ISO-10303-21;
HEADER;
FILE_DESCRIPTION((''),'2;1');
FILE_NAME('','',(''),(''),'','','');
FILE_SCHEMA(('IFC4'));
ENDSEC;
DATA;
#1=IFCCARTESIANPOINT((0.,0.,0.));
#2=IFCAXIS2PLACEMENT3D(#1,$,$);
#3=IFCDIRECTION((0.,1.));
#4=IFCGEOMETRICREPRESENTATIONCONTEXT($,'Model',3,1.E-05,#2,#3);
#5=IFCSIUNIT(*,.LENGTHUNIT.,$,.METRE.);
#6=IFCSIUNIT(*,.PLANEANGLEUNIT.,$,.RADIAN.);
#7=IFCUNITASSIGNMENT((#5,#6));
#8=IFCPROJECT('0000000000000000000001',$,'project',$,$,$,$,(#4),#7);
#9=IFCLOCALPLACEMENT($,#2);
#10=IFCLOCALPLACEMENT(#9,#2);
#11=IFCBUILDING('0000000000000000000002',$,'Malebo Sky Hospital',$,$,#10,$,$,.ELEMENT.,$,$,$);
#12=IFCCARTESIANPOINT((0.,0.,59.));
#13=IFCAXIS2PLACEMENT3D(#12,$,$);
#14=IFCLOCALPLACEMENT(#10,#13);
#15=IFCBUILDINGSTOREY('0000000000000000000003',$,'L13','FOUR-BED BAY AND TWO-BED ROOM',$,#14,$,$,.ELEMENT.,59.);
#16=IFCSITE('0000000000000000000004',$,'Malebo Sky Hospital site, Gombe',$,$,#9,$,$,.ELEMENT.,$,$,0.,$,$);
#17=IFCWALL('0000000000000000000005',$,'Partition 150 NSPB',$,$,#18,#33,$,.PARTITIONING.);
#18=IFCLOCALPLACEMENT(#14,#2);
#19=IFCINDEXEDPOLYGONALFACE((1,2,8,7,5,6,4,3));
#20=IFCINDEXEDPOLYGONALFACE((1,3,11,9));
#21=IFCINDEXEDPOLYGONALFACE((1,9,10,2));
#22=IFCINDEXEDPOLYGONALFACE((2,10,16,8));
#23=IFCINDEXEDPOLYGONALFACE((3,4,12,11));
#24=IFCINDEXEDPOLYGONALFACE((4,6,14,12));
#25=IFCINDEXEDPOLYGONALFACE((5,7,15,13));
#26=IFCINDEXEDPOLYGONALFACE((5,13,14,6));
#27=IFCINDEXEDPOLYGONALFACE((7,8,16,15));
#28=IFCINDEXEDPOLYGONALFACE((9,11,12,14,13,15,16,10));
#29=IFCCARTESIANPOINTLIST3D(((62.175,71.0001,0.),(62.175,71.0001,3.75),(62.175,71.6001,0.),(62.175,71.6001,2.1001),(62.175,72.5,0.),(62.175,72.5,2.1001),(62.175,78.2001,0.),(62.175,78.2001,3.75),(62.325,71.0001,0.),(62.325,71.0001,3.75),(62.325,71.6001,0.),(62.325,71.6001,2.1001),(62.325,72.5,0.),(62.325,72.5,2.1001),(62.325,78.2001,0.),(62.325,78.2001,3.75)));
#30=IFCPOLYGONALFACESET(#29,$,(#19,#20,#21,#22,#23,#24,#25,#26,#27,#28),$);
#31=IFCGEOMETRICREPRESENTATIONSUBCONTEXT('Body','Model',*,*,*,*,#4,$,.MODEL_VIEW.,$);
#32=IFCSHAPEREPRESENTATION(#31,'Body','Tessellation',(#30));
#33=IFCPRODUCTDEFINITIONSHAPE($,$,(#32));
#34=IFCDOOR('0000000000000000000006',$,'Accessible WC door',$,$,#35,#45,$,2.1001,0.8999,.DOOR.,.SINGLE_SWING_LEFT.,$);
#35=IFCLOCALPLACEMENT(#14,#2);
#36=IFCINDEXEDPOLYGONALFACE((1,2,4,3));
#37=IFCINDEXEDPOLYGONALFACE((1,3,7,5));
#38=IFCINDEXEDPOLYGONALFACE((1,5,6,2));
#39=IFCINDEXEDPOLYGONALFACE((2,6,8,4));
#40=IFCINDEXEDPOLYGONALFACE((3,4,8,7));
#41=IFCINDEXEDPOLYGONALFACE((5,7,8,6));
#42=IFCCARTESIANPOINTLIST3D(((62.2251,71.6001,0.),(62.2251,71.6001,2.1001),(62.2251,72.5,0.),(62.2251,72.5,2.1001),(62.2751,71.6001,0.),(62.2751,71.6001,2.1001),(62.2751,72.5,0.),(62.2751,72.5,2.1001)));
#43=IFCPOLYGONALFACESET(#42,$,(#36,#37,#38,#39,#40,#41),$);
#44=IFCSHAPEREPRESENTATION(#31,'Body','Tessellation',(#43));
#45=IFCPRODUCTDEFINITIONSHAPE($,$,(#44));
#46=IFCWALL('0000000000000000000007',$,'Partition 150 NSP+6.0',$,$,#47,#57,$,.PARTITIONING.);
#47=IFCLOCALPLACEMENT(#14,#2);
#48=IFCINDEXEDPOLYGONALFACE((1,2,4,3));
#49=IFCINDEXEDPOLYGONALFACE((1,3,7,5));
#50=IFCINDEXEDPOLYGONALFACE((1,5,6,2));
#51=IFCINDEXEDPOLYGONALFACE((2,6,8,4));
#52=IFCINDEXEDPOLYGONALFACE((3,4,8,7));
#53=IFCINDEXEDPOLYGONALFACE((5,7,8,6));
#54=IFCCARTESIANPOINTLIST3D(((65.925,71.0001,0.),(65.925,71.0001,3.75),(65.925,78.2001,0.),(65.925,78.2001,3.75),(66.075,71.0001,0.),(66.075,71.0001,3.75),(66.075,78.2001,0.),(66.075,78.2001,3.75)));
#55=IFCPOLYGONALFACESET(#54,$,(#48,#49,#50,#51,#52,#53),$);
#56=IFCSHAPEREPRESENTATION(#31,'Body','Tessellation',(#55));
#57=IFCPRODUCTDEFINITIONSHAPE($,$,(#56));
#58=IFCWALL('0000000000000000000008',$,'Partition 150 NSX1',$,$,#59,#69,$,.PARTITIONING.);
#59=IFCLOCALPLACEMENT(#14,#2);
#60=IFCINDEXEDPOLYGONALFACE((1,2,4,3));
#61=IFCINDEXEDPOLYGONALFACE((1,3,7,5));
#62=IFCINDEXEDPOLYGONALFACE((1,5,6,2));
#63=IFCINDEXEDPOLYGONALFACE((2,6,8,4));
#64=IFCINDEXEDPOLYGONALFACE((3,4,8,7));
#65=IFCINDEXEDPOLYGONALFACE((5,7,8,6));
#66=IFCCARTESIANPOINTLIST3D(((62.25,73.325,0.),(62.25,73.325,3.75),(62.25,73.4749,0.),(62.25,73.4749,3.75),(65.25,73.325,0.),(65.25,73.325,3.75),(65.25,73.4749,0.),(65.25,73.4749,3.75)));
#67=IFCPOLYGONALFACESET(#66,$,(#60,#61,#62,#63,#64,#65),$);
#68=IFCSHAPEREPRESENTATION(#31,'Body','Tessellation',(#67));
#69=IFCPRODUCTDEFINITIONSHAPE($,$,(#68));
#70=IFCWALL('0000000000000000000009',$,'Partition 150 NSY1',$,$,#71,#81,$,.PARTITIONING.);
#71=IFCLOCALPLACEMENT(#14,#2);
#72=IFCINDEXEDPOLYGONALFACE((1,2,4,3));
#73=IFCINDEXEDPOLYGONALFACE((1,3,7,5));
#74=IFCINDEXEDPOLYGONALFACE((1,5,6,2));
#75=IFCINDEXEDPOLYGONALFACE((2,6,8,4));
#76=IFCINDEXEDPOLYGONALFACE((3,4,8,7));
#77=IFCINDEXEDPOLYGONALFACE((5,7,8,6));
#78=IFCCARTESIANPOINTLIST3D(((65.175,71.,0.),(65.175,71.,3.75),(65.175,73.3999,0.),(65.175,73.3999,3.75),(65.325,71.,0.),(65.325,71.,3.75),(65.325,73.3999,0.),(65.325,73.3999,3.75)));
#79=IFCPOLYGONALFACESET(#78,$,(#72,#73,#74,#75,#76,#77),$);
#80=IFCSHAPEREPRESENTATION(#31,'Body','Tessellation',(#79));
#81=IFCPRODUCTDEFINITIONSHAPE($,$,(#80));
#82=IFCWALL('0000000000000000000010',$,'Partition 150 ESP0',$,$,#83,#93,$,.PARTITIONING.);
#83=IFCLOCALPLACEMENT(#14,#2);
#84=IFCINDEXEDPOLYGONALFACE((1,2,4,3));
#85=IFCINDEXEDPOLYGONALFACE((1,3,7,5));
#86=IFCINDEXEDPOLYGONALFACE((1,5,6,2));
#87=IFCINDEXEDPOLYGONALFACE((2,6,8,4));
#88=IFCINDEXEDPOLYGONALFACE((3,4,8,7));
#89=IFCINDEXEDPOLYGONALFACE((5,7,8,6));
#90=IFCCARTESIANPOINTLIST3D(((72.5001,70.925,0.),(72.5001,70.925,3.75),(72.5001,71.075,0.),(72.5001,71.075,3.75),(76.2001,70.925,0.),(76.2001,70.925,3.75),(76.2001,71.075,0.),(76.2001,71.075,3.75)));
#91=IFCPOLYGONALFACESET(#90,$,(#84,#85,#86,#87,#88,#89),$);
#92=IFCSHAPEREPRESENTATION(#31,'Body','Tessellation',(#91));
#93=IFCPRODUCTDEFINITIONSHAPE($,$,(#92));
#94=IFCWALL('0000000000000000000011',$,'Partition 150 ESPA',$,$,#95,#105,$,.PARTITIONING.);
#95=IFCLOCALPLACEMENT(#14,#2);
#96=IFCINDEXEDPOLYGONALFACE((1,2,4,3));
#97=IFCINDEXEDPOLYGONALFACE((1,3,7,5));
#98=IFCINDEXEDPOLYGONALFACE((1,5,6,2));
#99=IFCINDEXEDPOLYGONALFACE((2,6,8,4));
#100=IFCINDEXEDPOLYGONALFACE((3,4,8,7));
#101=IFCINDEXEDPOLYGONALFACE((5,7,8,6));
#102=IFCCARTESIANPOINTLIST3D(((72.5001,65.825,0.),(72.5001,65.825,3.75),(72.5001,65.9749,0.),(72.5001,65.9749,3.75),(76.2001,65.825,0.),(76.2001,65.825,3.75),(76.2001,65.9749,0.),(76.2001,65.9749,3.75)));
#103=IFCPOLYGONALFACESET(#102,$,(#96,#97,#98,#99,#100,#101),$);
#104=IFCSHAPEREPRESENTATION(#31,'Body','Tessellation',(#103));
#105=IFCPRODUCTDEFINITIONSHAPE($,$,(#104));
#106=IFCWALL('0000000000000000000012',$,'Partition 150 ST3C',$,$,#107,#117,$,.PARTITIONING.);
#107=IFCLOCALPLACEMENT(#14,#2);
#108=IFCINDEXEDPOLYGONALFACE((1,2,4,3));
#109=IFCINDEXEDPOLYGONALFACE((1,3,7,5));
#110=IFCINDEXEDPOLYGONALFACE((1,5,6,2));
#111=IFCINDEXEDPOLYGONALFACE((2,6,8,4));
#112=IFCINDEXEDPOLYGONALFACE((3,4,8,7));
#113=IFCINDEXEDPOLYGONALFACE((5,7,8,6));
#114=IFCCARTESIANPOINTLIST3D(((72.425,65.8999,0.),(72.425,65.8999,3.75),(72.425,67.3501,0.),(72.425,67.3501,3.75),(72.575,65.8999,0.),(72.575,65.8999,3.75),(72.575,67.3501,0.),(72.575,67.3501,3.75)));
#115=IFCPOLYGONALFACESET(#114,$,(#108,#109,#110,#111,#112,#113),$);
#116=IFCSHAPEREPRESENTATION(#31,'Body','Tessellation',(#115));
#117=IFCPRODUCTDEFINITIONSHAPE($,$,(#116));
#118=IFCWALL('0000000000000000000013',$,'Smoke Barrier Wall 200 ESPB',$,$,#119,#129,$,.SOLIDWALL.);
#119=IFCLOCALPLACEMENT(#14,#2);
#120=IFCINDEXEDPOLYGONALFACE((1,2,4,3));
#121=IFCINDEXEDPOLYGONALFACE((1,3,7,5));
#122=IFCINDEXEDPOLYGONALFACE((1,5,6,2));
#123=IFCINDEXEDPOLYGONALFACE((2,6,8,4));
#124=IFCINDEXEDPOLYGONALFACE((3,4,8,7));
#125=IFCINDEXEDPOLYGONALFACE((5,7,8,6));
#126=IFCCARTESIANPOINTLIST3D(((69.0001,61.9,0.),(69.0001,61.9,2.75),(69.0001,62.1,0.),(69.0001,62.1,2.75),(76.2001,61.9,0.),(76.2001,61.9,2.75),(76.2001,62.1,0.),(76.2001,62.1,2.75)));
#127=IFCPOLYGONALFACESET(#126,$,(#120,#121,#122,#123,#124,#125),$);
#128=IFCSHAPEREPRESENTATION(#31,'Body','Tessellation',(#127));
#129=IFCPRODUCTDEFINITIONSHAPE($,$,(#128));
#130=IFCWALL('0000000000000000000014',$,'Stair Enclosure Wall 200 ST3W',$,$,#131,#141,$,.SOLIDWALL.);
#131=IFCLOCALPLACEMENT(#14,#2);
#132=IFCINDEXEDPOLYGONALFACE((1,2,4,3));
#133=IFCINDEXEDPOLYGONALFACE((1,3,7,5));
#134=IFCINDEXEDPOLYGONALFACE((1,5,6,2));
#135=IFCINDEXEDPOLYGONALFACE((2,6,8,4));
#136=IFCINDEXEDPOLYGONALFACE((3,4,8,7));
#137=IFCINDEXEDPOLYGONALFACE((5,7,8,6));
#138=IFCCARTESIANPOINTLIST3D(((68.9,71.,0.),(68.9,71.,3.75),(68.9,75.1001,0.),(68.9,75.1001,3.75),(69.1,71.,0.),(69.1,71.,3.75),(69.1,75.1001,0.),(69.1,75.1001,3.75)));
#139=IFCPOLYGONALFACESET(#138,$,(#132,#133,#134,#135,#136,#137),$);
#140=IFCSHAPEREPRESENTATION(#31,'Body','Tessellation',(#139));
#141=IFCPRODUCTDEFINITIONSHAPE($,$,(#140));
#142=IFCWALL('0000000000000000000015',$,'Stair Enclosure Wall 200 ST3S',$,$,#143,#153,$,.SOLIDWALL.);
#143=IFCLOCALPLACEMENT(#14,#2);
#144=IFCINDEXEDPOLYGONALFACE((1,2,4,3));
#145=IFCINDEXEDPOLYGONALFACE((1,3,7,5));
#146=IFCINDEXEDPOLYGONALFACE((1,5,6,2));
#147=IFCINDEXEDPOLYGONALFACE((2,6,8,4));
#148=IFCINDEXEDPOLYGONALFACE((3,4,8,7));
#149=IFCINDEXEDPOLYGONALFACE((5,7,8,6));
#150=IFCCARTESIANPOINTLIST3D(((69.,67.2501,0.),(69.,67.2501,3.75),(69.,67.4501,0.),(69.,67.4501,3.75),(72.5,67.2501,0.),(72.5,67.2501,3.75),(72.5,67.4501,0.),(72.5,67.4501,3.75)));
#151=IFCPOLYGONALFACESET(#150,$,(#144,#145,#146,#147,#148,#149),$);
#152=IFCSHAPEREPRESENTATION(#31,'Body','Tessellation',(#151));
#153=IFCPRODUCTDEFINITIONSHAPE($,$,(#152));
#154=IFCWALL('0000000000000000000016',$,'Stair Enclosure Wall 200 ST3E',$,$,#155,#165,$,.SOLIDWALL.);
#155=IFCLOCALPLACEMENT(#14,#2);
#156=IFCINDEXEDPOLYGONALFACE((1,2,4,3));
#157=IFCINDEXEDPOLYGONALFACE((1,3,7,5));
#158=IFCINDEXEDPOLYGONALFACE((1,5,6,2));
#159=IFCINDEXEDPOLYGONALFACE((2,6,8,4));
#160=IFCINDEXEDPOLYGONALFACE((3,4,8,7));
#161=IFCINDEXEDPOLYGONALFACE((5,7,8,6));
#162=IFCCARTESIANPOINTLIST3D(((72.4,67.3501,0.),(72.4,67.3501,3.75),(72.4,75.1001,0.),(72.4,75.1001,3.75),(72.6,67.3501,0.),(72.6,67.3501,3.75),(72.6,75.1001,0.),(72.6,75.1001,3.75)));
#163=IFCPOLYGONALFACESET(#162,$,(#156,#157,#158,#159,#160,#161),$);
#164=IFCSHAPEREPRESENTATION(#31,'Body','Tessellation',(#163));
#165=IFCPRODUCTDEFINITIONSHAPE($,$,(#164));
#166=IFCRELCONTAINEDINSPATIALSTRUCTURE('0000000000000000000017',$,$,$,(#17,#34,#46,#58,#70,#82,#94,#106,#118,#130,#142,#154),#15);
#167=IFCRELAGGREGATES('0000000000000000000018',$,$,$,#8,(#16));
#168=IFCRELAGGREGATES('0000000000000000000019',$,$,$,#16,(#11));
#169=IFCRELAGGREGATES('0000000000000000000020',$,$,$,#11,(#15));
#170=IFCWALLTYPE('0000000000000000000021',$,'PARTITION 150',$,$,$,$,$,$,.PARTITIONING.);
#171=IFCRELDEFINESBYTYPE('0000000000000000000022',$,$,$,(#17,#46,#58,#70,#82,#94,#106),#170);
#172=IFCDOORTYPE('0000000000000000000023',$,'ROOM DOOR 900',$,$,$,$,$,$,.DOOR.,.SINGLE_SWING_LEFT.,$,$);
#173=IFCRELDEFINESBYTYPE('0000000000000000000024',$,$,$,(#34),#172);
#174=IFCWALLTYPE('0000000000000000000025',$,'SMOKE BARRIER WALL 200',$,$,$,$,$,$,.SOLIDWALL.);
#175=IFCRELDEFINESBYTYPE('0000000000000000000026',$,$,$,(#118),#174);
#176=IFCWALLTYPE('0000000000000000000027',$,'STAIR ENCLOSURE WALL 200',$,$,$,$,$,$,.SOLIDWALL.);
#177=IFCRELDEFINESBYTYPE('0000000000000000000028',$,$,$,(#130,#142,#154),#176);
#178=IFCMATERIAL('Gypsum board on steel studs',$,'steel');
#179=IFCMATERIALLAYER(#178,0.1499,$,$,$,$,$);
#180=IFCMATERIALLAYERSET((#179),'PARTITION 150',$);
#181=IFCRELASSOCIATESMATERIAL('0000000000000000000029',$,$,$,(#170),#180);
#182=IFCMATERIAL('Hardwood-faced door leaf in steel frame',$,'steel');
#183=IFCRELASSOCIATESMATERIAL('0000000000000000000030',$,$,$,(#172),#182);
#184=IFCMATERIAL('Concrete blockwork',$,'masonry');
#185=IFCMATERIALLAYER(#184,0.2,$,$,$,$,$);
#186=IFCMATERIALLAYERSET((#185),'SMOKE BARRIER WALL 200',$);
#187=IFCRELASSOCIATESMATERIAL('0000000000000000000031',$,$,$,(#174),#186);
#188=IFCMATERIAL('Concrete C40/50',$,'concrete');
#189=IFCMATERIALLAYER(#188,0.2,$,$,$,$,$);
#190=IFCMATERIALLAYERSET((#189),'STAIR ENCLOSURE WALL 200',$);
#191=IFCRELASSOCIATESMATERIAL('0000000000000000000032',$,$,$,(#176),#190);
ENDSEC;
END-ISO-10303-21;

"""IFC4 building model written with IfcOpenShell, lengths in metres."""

from ifc_helpers import new_model, si_unit, direction, frame, frame_2d, origin, place, context, subcontext, project, spatial, rectangle, extrude, material, layer, layer_set, type_object, element, fill, save


model = new_model("IFC4")

# Units and contexts
model_context = context("Model", 3, precision=1e-05, world=origin(), true_north=direction((0.0, 1.0)))
body_context = subcontext(model_context, "Body", "Model", "MODEL_VIEW")
ifc_project = project(units=[si_unit("LENGTHUNIT", "METRE"), si_unit("PLANEANGLEUNIT", "RADIAN")], contexts=[model_context])

# Site, building, storey
site_placement = place(None, origin())
site = spatial("IfcSite", under=ifc_project, at=site_placement, Name="Malebo Sky Hospital site, Gombe", CompositionType="ELEMENT", RefElevation=0.0)
building_placement = place(site_placement, origin())
building = spatial("IfcBuilding", under=site, at=building_placement, Name="Malebo Sky Hospital", CompositionType="ELEMENT")
storey_placement = place(building_placement, frame((0.0, 0.0, 59.0)))
storey = spatial("IfcBuildingStorey", under=building, at=storey_placement, Name="L13", Description="FOUR-BED BAY AND TWO-BED ROOM", CompositionType="ELEMENT", Elevation=59.0)

# Shared definitions
ifc_material_1 = material(Name="Gypsum board on steel studs", Category="steel")

# Wall, opening, door
ifc_layer_1 = layer(ifc_material_1, 0.1499)
ifc_layer_set_1 = layer_set([ifc_layer_1], Name="PARTITION 150")
wall_type_1 = type_object("IfcWallType", Name="PARTITION 150", PredefinedType="PARTITIONING", material=ifc_layer_set_1)
wall_1_placement = place(storey_placement, frame((62.25, 71.0, 0.0), z_axis=(0.0, 0.0, 1.0), x_axis=(0.0, 1.0, 0.0)))
wall_1 = element("IfcWall", 1, at=wall_1_placement, inside=storey, type_object=wall_type_1, Name="Partition 150 NSPB", PredefinedType="PARTITIONING", context=body_context, shape_type="SweptSolid", body=[
    extrude(rectangle(XDim=7.2, YDim=0.1499, at=frame_2d((3.6001, 0.0))), origin(), (0.0, 0.0, 1.0), 3.75),
])
opening_1_placement = place(wall_1_placement, frame((0.6001, 0.0, 0.0)))
opening_1 = element("IfcOpeningElement", 2, at=opening_1_placement, cuts=wall_1, PredefinedType="OPENING", context=body_context, shape_type="SweptSolid", body=[
    extrude(rectangle(XDim=0.8999, YDim=2.1001, at=frame_2d((0.45, 1.05))), frame((0.0, 0.085, 0.0), z_axis=(0.0, -1.0, 0.0), x_axis=(1.0, 0.0, 0.0)), (0.0, 0.0, 1.0), 0.1699),
])
ifc_material_2 = material(Name="Hardwood-faced door leaf in steel frame", Category="steel")
door_type_1 = type_object("IfcDoorType", Name="ROOM DOOR 900", OperationType="SINGLE_SWING_LEFT", PredefinedType="DOOR", material=ifc_material_2)
door_1_placement = place(opening_1_placement, origin())
door_1 = element("IfcDoor", 3, at=door_1_placement, inside=storey, type_object=door_type_1, Name="Accessible WC door", OperationType="SINGLE_SWING_LEFT", OverallHeight=2.1001, OverallWidth=0.8999, PredefinedType="DOOR", context=body_context, shape_type="SweptSolid", body=[
    extrude(rectangle(XDim=0.8999, YDim=2.1001, at=frame_2d((0.45, 1.05))), frame((0.0, 0.0249, 0.0), z_axis=(0.0, -1.0, 0.0), x_axis=(1.0, 0.0, 0.0)), (0.0, 0.0, 1.0), 0.05),
])
fill(opening_1, door_1)

# Walls
wall_2_placement = place(storey_placement, frame((66.0, 71.0, 0.0), z_axis=(0.0, 0.0, 1.0), x_axis=(0.0, 1.0, 0.0)))
element("IfcWall", 4, at=wall_2_placement, inside=storey, type_object=wall_type_1, Name="Partition 150 NSP+6.0", PredefinedType="PARTITIONING", context=body_context, shape_type="SweptSolid", body=[
    extrude(rectangle(XDim=7.2, YDim=0.1499, at=frame_2d((3.6001, 0.0))), origin(), (0.0, 0.0, 1.0), 3.75),
])
wall_3_placement = place(storey_placement, frame((62.25, 73.3999, 0.0), z_axis=(0.0, 0.0, 1.0), x_axis=(1.0, 0.0, 0.0)))
element("IfcWall", 5, at=wall_3_placement, inside=storey, type_object=wall_type_1, Name="Partition 150 NSX1", PredefinedType="PARTITIONING", context=body_context, shape_type="SweptSolid", body=[
    extrude(rectangle(XDim=3.0, YDim=0.1499, at=frame_2d((1.5, 0.0))), origin(), (0.0, 0.0, 1.0), 3.75),
])
wall_4_placement = place(storey_placement, frame((65.25, 71.0, 0.0), z_axis=(0.0, 0.0, 1.0), x_axis=(0.0, 1.0, 0.0)))
element("IfcWall", 6, at=wall_4_placement, inside=storey, type_object=wall_type_1, Name="Partition 150 NSY1", PredefinedType="PARTITIONING", context=body_context, shape_type="SweptSolid", body=[
    extrude(rectangle(XDim=2.3999, YDim=0.1499, at=frame_2d((1.2, 0.0))), origin(), (0.0, 0.0, 1.0), 3.75),
])
for number, where, z_axis, x_axis, name in (
    (7, (72.5, 71.0, 0.0), (0.0, 0.0, 1.0), (1.0, 0.0, 0.0), "Partition 150 ESP0"),
    (8, (72.5, 65.8999, 0.0), (0.0, 0.0, 1.0), (1.0, 0.0, 0.0), "Partition 150 ESPA"),
):
    element("IfcWall", number, at=place(storey_placement, frame(where, z_axis=z_axis, x_axis=x_axis)), inside=storey, type_object=wall_type_1, Name=name, PredefinedType="PARTITIONING", context=body_context, shape_type="SweptSolid", body=[
        extrude(rectangle(XDim=3.7, YDim=0.1499, at=frame_2d((1.8501, 0.0))), origin(), (0.0, 0.0, 1.0), 3.75),
    ])
wall_5_placement = place(storey_placement, frame((72.5, 65.8999, 0.0), z_axis=(0.0, 0.0, 1.0), x_axis=(0.0, 1.0, 0.0)))
element("IfcWall", 9, at=wall_5_placement, inside=storey, type_object=wall_type_1, Name="Partition 150 ST3C", PredefinedType="PARTITIONING", context=body_context, shape_type="SweptSolid", body=[
    extrude(rectangle(XDim=1.4502, YDim=0.1499, at=frame_2d((0.7251, 0.0))), origin(), (0.0, 0.0, 1.0), 3.75),
])
ifc_material_3 = material(Name="Concrete blockwork", Category="masonry")
ifc_layer_2 = layer(ifc_material_3, 0.2)
ifc_layer_set_2 = layer_set([ifc_layer_2], Name="SMOKE BARRIER WALL 200")
wall_type_2 = type_object("IfcWallType", Name="SMOKE BARRIER WALL 200", PredefinedType="SOLIDWALL", material=ifc_layer_set_2)
wall_6_placement = place(storey_placement, frame((69.0, 62.0, 0.0), z_axis=(0.0, 0.0, 1.0), x_axis=(1.0, 0.0, 0.0)))
element("IfcWall", 10, at=wall_6_placement, inside=storey, type_object=wall_type_2, Name="Smoke Barrier Wall 200 ESPB", PredefinedType="SOLIDWALL", context=body_context, shape_type="SweptSolid", body=[
    extrude(rectangle(XDim=7.2, YDim=0.2, at=frame_2d((3.6001, 0.0))), origin(), (0.0, 0.0, 1.0), 2.75),
])
ifc_material_4 = material(Name="Concrete C40/50", Category="concrete")
ifc_layer_3 = layer(ifc_material_4, 0.2)
ifc_layer_set_3 = layer_set([ifc_layer_3], Name="STAIR ENCLOSURE WALL 200")
wall_type_3 = type_object("IfcWallType", Name="STAIR ENCLOSURE WALL 200", PredefinedType="SOLIDWALL", material=ifc_layer_set_3)
wall_7_placement = place(storey_placement, frame((69.0, 71.0, 0.0), z_axis=(0.0, 0.0, 1.0), x_axis=(0.0, 1.0, 0.0)))
element("IfcWall", 11, at=wall_7_placement, inside=storey, type_object=wall_type_3, Name="Stair Enclosure Wall 200 ST3W", PredefinedType="SOLIDWALL", context=body_context, shape_type="SweptSolid", body=[
    extrude(rectangle(XDim=4.1001, YDim=0.2, at=frame_2d((2.05, 0.0))), origin(), (0.0, 0.0, 1.0), 3.75),
])
wall_8_placement = place(storey_placement, frame((69.0, 67.3501, 0.0), z_axis=(0.0, 0.0, 1.0), x_axis=(1.0, 0.0, 0.0)))
element("IfcWall", 12, at=wall_8_placement, inside=storey, type_object=wall_type_3, Name="Stair Enclosure Wall 200 ST3S", PredefinedType="SOLIDWALL", context=body_context, shape_type="SweptSolid", body=[
    extrude(rectangle(XDim=3.5, YDim=0.2, at=frame_2d((1.75, 0.0))), origin(), (0.0, 0.0, 1.0), 3.75),
])
wall_9_placement = place(storey_placement, frame((72.5, 67.3501, 0.0), z_axis=(0.0, 0.0, 1.0), x_axis=(0.0, 1.0, 0.0)))
element("IfcWall", 13, at=wall_9_placement, inside=storey, type_object=wall_type_3, Name="Stair Enclosure Wall 200 ST3E", PredefinedType="SOLIDWALL", context=body_context, shape_type="SweptSolid", body=[
    extrude(rectangle(XDim=7.75, YDim=0.2, at=frame_2d((3.875, 0.0))), origin(), (0.0, 0.0, 1.0), 3.75),
])

save(model, "model.ifc")
